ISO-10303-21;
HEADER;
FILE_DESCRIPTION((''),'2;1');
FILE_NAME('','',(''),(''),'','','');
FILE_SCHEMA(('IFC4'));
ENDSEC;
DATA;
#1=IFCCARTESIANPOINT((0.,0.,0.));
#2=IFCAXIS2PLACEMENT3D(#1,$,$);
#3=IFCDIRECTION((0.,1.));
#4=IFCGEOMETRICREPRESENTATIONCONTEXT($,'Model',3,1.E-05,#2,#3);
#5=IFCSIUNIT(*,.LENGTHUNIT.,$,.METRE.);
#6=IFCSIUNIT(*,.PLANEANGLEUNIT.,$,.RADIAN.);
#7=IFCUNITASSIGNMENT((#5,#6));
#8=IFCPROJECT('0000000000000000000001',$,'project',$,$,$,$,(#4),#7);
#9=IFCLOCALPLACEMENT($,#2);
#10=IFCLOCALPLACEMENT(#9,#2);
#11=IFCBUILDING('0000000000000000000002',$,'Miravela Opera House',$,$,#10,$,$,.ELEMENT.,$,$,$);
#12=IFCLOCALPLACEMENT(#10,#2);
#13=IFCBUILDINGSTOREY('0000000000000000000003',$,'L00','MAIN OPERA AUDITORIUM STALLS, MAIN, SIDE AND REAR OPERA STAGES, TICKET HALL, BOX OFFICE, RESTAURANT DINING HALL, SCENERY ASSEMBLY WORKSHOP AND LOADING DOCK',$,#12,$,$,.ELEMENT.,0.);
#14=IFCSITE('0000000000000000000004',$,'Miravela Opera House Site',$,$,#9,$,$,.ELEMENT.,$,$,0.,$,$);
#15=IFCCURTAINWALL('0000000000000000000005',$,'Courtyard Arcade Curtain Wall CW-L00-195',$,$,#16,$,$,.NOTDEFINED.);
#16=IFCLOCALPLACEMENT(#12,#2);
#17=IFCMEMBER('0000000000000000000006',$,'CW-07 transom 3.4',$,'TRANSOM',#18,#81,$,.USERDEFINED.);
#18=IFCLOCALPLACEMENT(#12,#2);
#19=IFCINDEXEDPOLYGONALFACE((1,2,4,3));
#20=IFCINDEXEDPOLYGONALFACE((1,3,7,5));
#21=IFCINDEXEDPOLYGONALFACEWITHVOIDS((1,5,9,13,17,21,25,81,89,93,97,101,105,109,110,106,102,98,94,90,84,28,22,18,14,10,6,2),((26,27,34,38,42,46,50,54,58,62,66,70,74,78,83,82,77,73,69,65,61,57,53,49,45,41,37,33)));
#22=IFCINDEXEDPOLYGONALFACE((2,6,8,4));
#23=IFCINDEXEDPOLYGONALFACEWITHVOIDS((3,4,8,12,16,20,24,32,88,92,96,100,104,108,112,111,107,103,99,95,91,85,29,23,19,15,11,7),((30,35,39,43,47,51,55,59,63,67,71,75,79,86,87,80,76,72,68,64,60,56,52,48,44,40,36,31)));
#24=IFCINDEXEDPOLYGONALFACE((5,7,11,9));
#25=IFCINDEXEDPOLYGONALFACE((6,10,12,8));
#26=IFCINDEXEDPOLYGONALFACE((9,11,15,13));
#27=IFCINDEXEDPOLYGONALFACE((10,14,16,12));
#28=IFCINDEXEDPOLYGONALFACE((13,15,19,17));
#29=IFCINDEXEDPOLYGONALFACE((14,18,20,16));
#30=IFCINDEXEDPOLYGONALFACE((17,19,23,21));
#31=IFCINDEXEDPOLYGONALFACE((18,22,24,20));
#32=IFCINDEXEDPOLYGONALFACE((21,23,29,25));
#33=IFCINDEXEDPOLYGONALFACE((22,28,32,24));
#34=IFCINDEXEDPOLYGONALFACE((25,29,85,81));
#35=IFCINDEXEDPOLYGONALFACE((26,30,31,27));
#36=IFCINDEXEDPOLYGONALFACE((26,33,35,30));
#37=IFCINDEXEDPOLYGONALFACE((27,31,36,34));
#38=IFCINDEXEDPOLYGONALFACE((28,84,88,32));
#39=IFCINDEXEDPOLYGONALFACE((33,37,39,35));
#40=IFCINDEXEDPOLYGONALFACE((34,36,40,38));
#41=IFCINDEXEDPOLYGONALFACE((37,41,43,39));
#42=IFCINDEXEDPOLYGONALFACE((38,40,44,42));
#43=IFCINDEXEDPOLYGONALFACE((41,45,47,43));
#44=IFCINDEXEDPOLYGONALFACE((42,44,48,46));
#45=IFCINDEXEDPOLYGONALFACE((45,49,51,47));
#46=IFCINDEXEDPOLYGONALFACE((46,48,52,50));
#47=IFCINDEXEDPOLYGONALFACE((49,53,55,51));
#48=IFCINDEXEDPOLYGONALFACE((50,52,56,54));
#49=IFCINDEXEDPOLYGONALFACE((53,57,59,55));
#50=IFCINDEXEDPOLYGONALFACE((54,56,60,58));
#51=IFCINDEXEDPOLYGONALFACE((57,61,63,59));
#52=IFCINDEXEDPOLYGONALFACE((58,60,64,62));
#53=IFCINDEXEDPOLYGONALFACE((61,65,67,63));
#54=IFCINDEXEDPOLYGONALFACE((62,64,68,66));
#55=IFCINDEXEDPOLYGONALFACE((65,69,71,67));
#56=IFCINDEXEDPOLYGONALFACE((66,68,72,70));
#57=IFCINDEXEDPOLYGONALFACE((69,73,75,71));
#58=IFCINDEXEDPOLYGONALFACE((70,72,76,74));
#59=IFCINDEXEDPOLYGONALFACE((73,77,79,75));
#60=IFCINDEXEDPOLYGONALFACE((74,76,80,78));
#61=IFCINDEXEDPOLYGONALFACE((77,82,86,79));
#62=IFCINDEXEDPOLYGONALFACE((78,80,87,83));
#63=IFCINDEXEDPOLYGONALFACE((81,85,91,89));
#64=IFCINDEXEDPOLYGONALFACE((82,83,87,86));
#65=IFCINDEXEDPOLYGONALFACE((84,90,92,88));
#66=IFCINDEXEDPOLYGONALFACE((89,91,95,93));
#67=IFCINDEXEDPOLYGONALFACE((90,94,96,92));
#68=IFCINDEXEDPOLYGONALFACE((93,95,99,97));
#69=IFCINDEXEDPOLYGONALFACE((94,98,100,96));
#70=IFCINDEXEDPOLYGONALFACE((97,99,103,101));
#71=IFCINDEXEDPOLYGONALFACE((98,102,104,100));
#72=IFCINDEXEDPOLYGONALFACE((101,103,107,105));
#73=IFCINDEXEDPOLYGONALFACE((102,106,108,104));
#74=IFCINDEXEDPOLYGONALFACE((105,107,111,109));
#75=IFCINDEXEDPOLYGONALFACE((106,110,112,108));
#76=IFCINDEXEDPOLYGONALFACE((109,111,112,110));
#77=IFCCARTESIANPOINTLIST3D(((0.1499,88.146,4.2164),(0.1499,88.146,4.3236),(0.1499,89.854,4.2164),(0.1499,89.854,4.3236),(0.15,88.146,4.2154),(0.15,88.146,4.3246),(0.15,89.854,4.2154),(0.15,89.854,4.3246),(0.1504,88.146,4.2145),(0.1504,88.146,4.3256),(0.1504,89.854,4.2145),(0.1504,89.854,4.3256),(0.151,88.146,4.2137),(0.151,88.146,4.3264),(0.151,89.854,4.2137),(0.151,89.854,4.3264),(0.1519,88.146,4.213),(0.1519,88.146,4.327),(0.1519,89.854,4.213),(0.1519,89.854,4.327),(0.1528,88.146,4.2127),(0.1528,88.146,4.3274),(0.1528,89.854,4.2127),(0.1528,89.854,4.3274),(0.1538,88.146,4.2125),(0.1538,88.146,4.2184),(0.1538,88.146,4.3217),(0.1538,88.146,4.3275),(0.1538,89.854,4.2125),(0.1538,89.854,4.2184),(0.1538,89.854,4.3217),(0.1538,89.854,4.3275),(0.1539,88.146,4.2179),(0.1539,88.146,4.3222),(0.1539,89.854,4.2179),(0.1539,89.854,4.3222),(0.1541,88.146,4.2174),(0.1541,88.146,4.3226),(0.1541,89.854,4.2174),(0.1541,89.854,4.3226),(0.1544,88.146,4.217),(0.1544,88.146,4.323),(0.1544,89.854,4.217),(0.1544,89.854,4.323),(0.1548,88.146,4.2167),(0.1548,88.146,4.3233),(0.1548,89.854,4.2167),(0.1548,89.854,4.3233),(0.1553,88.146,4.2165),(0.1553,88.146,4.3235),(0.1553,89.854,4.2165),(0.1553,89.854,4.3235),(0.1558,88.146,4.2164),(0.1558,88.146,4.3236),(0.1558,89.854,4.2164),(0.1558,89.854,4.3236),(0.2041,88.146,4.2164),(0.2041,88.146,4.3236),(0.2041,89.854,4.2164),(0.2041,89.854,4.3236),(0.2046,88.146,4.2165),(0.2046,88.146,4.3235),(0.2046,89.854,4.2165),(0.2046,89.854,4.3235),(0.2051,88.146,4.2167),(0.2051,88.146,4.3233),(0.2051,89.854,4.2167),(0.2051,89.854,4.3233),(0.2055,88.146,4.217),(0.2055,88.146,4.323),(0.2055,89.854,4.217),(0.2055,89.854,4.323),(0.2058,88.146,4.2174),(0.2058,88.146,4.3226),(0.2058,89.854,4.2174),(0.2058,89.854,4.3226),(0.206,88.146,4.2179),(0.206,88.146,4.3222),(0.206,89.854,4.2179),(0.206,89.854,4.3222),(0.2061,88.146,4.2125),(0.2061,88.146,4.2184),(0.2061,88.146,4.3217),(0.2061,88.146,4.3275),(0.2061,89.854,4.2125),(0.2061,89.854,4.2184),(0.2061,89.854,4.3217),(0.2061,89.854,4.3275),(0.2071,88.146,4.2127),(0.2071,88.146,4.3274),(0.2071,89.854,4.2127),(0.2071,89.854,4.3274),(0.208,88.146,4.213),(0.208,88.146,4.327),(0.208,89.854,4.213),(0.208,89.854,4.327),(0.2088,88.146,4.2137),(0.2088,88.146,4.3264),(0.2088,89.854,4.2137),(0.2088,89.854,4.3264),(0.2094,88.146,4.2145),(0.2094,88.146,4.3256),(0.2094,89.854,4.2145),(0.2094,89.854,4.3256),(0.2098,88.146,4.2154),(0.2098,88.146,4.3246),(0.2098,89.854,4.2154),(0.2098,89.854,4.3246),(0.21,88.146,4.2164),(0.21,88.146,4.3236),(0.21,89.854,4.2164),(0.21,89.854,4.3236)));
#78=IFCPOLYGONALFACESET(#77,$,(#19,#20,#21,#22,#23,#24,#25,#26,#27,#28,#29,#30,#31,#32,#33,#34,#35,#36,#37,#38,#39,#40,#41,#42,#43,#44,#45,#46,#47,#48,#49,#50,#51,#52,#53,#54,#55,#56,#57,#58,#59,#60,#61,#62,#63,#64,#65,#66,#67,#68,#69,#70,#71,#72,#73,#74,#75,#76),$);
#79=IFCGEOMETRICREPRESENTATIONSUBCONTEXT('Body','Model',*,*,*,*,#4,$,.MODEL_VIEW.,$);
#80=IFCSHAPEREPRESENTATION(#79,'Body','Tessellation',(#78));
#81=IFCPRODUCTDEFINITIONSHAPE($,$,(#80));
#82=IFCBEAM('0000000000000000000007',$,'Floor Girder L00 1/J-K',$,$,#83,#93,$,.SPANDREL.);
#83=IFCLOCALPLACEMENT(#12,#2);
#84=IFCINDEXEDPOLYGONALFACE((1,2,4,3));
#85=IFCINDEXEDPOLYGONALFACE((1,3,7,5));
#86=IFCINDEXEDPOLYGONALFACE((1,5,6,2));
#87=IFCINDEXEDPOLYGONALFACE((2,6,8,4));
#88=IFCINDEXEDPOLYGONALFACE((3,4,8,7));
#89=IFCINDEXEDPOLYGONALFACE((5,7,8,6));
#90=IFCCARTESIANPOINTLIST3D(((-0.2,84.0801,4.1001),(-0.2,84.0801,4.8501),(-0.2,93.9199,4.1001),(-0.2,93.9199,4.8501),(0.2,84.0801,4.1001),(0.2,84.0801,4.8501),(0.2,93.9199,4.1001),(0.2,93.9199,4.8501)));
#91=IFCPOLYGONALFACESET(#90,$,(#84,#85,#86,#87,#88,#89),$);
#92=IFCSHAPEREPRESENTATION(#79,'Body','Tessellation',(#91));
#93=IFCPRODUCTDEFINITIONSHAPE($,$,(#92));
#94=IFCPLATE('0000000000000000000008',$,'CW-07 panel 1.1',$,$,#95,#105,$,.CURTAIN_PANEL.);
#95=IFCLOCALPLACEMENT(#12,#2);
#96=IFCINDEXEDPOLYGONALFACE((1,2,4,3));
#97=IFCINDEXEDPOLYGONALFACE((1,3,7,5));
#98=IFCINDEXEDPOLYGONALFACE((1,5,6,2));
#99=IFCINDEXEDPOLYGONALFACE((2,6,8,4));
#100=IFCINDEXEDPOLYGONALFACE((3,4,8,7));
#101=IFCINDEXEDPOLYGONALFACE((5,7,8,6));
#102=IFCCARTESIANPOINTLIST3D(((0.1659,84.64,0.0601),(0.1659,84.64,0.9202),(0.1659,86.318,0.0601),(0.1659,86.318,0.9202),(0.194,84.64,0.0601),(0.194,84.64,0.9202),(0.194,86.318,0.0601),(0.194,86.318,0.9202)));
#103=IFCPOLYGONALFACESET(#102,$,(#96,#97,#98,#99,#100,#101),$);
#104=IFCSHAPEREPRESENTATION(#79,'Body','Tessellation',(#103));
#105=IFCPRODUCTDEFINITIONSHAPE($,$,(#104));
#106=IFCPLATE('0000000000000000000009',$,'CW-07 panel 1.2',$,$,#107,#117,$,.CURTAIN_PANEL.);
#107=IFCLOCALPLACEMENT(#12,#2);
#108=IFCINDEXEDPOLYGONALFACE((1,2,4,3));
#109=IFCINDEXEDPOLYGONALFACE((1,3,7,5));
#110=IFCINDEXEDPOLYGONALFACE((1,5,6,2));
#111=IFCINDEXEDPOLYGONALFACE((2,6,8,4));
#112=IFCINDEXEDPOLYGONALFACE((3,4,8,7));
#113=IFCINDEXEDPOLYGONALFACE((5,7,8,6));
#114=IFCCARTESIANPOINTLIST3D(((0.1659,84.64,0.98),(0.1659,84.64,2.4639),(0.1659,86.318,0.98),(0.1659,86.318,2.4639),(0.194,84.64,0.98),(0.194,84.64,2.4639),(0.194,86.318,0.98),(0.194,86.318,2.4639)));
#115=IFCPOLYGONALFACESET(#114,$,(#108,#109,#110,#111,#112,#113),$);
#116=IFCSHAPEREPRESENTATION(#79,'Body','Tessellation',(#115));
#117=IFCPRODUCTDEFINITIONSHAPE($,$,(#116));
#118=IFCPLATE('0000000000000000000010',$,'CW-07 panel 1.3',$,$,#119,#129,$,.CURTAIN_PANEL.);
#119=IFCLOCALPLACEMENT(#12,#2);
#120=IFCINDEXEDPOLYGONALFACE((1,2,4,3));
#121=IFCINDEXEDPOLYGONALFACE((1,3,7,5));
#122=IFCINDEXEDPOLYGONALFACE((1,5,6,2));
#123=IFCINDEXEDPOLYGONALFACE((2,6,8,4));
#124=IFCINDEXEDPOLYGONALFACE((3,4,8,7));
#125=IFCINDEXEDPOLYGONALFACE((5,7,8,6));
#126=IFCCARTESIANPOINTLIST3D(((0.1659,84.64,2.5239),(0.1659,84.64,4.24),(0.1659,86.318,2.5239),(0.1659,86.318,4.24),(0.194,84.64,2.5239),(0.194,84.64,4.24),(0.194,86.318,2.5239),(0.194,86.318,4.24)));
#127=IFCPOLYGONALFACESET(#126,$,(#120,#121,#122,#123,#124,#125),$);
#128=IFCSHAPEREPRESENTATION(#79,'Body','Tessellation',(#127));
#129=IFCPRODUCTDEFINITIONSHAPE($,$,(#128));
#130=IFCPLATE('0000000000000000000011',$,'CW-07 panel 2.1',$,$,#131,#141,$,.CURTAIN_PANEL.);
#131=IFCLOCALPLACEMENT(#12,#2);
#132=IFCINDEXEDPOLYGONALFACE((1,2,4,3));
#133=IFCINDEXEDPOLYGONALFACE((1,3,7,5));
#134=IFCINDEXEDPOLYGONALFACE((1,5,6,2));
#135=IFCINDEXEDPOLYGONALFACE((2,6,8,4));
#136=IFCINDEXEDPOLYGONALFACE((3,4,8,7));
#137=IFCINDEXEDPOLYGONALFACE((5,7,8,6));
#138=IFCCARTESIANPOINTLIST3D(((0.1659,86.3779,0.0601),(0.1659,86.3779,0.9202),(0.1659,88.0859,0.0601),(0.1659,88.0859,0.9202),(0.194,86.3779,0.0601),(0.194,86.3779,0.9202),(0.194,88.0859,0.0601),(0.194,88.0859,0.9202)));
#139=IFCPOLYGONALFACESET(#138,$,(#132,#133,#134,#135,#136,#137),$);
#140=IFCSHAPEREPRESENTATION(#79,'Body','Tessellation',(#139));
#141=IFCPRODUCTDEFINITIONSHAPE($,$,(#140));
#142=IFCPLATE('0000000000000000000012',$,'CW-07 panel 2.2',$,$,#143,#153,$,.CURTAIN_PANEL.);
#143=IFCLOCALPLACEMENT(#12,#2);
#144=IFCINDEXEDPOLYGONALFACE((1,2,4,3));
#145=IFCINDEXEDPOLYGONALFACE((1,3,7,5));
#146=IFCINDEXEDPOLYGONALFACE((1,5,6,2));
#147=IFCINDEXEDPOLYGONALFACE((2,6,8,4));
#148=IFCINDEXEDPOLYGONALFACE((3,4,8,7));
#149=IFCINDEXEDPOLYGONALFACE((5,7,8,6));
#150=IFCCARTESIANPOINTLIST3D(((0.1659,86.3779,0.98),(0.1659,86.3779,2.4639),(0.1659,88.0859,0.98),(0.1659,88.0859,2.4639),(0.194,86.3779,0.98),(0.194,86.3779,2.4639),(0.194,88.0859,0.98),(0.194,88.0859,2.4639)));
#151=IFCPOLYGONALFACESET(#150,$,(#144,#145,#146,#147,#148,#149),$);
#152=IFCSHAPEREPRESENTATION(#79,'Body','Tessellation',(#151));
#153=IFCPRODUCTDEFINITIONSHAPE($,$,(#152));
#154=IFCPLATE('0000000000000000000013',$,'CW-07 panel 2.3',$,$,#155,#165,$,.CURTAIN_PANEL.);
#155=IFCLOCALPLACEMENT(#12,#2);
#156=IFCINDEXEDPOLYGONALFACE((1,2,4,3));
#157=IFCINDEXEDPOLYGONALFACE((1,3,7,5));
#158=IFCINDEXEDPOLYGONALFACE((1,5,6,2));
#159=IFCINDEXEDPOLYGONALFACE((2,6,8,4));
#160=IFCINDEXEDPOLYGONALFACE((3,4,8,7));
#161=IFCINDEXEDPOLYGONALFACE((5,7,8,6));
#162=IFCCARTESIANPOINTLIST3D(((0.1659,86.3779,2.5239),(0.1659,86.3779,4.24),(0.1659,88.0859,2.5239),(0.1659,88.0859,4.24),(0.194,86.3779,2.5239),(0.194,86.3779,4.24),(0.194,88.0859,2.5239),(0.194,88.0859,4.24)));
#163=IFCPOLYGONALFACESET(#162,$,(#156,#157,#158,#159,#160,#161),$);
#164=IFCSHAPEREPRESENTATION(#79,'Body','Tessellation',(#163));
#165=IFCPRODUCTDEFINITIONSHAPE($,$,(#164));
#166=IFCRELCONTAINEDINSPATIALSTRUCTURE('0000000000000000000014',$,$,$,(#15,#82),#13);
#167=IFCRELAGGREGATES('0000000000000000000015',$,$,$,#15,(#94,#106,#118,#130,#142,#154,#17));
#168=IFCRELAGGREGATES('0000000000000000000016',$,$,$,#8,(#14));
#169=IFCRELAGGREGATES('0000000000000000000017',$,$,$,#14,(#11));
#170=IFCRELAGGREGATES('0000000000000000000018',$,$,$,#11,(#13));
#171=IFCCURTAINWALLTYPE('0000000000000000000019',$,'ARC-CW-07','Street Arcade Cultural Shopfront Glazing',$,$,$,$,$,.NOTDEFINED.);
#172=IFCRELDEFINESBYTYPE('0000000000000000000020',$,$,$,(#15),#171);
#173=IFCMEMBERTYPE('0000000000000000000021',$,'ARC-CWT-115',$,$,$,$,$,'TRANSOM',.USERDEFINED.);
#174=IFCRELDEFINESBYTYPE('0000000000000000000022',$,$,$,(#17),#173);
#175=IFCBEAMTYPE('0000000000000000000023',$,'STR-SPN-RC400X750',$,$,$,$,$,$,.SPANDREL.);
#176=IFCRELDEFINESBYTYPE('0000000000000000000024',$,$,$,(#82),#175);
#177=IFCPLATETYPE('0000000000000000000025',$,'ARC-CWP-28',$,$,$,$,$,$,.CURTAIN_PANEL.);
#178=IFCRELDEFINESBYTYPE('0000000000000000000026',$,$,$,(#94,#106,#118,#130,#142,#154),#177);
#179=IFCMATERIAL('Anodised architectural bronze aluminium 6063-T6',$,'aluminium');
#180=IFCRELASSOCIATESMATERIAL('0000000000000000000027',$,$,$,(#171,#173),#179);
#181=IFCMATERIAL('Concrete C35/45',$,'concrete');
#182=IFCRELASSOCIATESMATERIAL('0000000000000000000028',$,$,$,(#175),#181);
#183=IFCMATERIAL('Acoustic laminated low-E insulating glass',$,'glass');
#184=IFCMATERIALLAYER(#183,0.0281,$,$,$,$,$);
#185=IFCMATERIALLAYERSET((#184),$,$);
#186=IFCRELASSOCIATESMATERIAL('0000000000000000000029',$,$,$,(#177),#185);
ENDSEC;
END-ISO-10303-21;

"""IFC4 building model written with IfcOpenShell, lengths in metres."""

from ifc_helpers import new_model, si_unit, direction, frame, origin, origin_2d, place, context, subcontext, project, spatial, rectangle, hollow_rectangle, extrude, material, layer, layer_set, material_profile, profile_set, type_object, element, aggregate, save


model = new_model("IFC4")

# Units and contexts
model_context = context("Model", 3, precision=1e-05, world=origin(), true_north=direction((0.0, 1.0)))
body_context = subcontext(model_context, "Body", "Model", "MODEL_VIEW")
ifc_project = project(units=[si_unit("LENGTHUNIT", "METRE"), si_unit("PLANEANGLEUNIT", "RADIAN")], contexts=[model_context])

# Site, building, storey
site_placement = place(None, origin())
site = spatial("IfcSite", under=ifc_project, at=site_placement, Name="Miravela Opera House Site", CompositionType="ELEMENT", RefElevation=0.0)
building_placement = place(site_placement, origin())
building = spatial("IfcBuilding", under=site, at=building_placement, Name="Miravela Opera House", CompositionType="ELEMENT")
storey_placement = place(building_placement, origin())
storey = spatial("IfcBuildingStorey", under=building, at=storey_placement, Name="L00", Description="MAIN OPERA AUDITORIUM STALLS, MAIN, SIDE AND REAR OPERA STAGES, TICKET HALL, BOX OFFICE, RESTAURANT DINING HALL, SCENERY ASSEMBLY WORKSHOP AND LOADING DOCK", CompositionType="ELEMENT", Elevation=0.0)

# Curtain wall, member
ifc_material_1 = material(Name="Anodised architectural bronze aluminium 6063-T6", Category="aluminium")
curtain_wall_type = type_object("IfcCurtainWallType", Name="ARC-CW-07", Description="Street Arcade Cultural Shopfront Glazing", PredefinedType="NOTDEFINED", material=ifc_material_1)
curtain_wall_placement = place(storey_placement, origin())
curtain_wall = element("IfcCurtainWall", 1, at=curtain_wall_placement, inside=storey, type_object=curtain_wall_type, Name="Courtyard Arcade Curtain Wall CW-L00-195", PredefinedType="NOTDEFINED")
ifc_material_profile_1 = material_profile(ifc_material_1, hollow_rectangle(XDim=0.0601, YDim=0.115, WallThickness=0.0039, InnerFilletRadius=0.002, OuterFilletRadius=0.0039, at=origin_2d()), Name="CWT-60X115")
ifc_profile_set_1 = profile_set([ifc_material_profile_1])
member_type_1 = type_object("IfcMemberType", Name="ARC-CWT-115", ElementType="TRANSOM", PredefinedType="USERDEFINED", material=ifc_profile_set_1)
member_1_placement = place(storey_placement, frame((0.1799, 88.146, 4.27), z_axis=(0.0, 1.0, 0.0), x_axis=(-1.0, 0.0, 0.0)))
member_1 = element("IfcMember", 2, at=member_1_placement, type_object=member_type_1, Name="CW-07 transom 3.4", ObjectType="TRANSOM", PredefinedType="USERDEFINED", context=body_context, shape_type="SweptSolid", body=[
    extrude(hollow_rectangle(XDim=0.0601, YDim=0.115, WallThickness=0.0039, InnerFilletRadius=0.002, OuterFilletRadius=0.0039, at=origin_2d()), origin(), (0.0, 0.0, 1.0), 1.708),
])

# Beam
ifc_material_2 = material(Name="Concrete C35/45", Category="concrete")
ifc_material_profile_2 = material_profile(ifc_material_2, rectangle(XDim=0.3999, YDim=0.75, at=origin_2d()), Name="RC-SPN-400X750")
ifc_profile_set_2 = profile_set([ifc_material_profile_2])
beam_type = type_object("IfcBeamType", Name="STR-SPN-RC400X750", PredefinedType="SPANDREL", material=ifc_profile_set_2)
beam_placement = place(storey_placement, frame((0.0, 84.0801, 4.4751), z_axis=(0.0, 1.0, 0.0), x_axis=(-1.0, 0.0, 0.0)))
element("IfcBeam", 3, at=beam_placement, inside=storey, type_object=beam_type, Name="Floor Girder L00 1/J-K", PredefinedType="SPANDREL", context=body_context, shape_type="SweptSolid", body=[
    extrude(rectangle(XDim=0.3999, YDim=0.75, at=origin_2d()), origin(), (0.0, 0.0, 1.0), 9.8398),
])

# Plates
ifc_material_3 = material(Name="Acoustic laminated low-E insulating glass", Category="glass")
ifc_layer = layer(ifc_material_3, 0.0281)
ifc_layer_set = layer_set([ifc_layer])
plate_type = type_object("IfcPlateType", Name="ARC-CWP-28", PredefinedType="CURTAIN_PANEL", material=ifc_layer_set)
plate_1_placement = place(storey_placement, frame((0.1799, 85.479, 0.0601), z_axis=(0.0, 0.0, 1.0), x_axis=(0.0, 1.0, 0.0)))
plate_1 = element("IfcPlate", 4, at=plate_1_placement, type_object=plate_type, Name="CW-07 panel 1.1", PredefinedType="CURTAIN_PANEL", context=body_context, shape_type="SweptSolid", body=[
    extrude(rectangle(XDim=1.678, YDim=0.0281, at=origin_2d()), origin(), (0.0, 0.0, 1.0), 0.8601),
])
plate_2_placement = place(storey_placement, frame((0.1799, 85.479, 0.98), z_axis=(0.0, 0.0, 1.0), x_axis=(0.0, 1.0, 0.0)))
plate_2 = element("IfcPlate", 5, at=plate_2_placement, type_object=plate_type, Name="CW-07 panel 1.2", PredefinedType="CURTAIN_PANEL", context=body_context, shape_type="SweptSolid", body=[
    extrude(rectangle(XDim=1.678, YDim=0.0281, at=origin_2d()), origin(), (0.0, 0.0, 1.0), 1.4839),
])
plate_3_placement = place(storey_placement, frame((0.1799, 85.479, 2.5239), z_axis=(0.0, 0.0, 1.0), x_axis=(0.0, 1.0, 0.0)))
plate_3 = element("IfcPlate", 6, at=plate_3_placement, type_object=plate_type, Name="CW-07 panel 1.3", PredefinedType="CURTAIN_PANEL", context=body_context, shape_type="SweptSolid", body=[
    extrude(rectangle(XDim=1.678, YDim=0.0281, at=origin_2d()), origin(), (0.0, 0.0, 1.0), 1.7161),
])
plate_4_placement = place(storey_placement, frame((0.1799, 87.2319, 0.0601), z_axis=(0.0, 0.0, 1.0), x_axis=(0.0, 1.0, 0.0)))
plate_4 = element("IfcPlate", 7, at=plate_4_placement, type_object=plate_type, Name="CW-07 panel 2.1", PredefinedType="CURTAIN_PANEL", context=body_context, shape_type="SweptSolid", body=[
    extrude(rectangle(XDim=1.708, YDim=0.0281, at=origin_2d()), origin(), (0.0, 0.0, 1.0), 0.8601),
])
plate_5_placement = place(storey_placement, frame((0.1799, 87.2319, 0.98), z_axis=(0.0, 0.0, 1.0), x_axis=(0.0, 1.0, 0.0)))
plate_5 = element("IfcPlate", 8, at=plate_5_placement, type_object=plate_type, Name="CW-07 panel 2.2", PredefinedType="CURTAIN_PANEL", context=body_context, shape_type="SweptSolid", body=[
    extrude(rectangle(XDim=1.708, YDim=0.0281, at=origin_2d()), origin(), (0.0, 0.0, 1.0), 1.4839),
])
plate_6_placement = place(storey_placement, frame((0.1799, 87.2319, 2.5239), z_axis=(0.0, 0.0, 1.0), x_axis=(0.0, 1.0, 0.0)))
plate_6 = element("IfcPlate", 9, at=plate_6_placement, type_object=plate_type, Name="CW-07 panel 2.3", PredefinedType="CURTAIN_PANEL", context=body_context, shape_type="SweptSolid", body=[
    extrude(rectangle(XDim=1.708, YDim=0.0281, at=origin_2d()), origin(), (0.0, 0.0, 1.0), 1.7161),
])
aggregate(curtain_wall, [plate_1, plate_2, plate_3, plate_4, plate_5, plate_6, member_1])

save(model, "model.ifc")
